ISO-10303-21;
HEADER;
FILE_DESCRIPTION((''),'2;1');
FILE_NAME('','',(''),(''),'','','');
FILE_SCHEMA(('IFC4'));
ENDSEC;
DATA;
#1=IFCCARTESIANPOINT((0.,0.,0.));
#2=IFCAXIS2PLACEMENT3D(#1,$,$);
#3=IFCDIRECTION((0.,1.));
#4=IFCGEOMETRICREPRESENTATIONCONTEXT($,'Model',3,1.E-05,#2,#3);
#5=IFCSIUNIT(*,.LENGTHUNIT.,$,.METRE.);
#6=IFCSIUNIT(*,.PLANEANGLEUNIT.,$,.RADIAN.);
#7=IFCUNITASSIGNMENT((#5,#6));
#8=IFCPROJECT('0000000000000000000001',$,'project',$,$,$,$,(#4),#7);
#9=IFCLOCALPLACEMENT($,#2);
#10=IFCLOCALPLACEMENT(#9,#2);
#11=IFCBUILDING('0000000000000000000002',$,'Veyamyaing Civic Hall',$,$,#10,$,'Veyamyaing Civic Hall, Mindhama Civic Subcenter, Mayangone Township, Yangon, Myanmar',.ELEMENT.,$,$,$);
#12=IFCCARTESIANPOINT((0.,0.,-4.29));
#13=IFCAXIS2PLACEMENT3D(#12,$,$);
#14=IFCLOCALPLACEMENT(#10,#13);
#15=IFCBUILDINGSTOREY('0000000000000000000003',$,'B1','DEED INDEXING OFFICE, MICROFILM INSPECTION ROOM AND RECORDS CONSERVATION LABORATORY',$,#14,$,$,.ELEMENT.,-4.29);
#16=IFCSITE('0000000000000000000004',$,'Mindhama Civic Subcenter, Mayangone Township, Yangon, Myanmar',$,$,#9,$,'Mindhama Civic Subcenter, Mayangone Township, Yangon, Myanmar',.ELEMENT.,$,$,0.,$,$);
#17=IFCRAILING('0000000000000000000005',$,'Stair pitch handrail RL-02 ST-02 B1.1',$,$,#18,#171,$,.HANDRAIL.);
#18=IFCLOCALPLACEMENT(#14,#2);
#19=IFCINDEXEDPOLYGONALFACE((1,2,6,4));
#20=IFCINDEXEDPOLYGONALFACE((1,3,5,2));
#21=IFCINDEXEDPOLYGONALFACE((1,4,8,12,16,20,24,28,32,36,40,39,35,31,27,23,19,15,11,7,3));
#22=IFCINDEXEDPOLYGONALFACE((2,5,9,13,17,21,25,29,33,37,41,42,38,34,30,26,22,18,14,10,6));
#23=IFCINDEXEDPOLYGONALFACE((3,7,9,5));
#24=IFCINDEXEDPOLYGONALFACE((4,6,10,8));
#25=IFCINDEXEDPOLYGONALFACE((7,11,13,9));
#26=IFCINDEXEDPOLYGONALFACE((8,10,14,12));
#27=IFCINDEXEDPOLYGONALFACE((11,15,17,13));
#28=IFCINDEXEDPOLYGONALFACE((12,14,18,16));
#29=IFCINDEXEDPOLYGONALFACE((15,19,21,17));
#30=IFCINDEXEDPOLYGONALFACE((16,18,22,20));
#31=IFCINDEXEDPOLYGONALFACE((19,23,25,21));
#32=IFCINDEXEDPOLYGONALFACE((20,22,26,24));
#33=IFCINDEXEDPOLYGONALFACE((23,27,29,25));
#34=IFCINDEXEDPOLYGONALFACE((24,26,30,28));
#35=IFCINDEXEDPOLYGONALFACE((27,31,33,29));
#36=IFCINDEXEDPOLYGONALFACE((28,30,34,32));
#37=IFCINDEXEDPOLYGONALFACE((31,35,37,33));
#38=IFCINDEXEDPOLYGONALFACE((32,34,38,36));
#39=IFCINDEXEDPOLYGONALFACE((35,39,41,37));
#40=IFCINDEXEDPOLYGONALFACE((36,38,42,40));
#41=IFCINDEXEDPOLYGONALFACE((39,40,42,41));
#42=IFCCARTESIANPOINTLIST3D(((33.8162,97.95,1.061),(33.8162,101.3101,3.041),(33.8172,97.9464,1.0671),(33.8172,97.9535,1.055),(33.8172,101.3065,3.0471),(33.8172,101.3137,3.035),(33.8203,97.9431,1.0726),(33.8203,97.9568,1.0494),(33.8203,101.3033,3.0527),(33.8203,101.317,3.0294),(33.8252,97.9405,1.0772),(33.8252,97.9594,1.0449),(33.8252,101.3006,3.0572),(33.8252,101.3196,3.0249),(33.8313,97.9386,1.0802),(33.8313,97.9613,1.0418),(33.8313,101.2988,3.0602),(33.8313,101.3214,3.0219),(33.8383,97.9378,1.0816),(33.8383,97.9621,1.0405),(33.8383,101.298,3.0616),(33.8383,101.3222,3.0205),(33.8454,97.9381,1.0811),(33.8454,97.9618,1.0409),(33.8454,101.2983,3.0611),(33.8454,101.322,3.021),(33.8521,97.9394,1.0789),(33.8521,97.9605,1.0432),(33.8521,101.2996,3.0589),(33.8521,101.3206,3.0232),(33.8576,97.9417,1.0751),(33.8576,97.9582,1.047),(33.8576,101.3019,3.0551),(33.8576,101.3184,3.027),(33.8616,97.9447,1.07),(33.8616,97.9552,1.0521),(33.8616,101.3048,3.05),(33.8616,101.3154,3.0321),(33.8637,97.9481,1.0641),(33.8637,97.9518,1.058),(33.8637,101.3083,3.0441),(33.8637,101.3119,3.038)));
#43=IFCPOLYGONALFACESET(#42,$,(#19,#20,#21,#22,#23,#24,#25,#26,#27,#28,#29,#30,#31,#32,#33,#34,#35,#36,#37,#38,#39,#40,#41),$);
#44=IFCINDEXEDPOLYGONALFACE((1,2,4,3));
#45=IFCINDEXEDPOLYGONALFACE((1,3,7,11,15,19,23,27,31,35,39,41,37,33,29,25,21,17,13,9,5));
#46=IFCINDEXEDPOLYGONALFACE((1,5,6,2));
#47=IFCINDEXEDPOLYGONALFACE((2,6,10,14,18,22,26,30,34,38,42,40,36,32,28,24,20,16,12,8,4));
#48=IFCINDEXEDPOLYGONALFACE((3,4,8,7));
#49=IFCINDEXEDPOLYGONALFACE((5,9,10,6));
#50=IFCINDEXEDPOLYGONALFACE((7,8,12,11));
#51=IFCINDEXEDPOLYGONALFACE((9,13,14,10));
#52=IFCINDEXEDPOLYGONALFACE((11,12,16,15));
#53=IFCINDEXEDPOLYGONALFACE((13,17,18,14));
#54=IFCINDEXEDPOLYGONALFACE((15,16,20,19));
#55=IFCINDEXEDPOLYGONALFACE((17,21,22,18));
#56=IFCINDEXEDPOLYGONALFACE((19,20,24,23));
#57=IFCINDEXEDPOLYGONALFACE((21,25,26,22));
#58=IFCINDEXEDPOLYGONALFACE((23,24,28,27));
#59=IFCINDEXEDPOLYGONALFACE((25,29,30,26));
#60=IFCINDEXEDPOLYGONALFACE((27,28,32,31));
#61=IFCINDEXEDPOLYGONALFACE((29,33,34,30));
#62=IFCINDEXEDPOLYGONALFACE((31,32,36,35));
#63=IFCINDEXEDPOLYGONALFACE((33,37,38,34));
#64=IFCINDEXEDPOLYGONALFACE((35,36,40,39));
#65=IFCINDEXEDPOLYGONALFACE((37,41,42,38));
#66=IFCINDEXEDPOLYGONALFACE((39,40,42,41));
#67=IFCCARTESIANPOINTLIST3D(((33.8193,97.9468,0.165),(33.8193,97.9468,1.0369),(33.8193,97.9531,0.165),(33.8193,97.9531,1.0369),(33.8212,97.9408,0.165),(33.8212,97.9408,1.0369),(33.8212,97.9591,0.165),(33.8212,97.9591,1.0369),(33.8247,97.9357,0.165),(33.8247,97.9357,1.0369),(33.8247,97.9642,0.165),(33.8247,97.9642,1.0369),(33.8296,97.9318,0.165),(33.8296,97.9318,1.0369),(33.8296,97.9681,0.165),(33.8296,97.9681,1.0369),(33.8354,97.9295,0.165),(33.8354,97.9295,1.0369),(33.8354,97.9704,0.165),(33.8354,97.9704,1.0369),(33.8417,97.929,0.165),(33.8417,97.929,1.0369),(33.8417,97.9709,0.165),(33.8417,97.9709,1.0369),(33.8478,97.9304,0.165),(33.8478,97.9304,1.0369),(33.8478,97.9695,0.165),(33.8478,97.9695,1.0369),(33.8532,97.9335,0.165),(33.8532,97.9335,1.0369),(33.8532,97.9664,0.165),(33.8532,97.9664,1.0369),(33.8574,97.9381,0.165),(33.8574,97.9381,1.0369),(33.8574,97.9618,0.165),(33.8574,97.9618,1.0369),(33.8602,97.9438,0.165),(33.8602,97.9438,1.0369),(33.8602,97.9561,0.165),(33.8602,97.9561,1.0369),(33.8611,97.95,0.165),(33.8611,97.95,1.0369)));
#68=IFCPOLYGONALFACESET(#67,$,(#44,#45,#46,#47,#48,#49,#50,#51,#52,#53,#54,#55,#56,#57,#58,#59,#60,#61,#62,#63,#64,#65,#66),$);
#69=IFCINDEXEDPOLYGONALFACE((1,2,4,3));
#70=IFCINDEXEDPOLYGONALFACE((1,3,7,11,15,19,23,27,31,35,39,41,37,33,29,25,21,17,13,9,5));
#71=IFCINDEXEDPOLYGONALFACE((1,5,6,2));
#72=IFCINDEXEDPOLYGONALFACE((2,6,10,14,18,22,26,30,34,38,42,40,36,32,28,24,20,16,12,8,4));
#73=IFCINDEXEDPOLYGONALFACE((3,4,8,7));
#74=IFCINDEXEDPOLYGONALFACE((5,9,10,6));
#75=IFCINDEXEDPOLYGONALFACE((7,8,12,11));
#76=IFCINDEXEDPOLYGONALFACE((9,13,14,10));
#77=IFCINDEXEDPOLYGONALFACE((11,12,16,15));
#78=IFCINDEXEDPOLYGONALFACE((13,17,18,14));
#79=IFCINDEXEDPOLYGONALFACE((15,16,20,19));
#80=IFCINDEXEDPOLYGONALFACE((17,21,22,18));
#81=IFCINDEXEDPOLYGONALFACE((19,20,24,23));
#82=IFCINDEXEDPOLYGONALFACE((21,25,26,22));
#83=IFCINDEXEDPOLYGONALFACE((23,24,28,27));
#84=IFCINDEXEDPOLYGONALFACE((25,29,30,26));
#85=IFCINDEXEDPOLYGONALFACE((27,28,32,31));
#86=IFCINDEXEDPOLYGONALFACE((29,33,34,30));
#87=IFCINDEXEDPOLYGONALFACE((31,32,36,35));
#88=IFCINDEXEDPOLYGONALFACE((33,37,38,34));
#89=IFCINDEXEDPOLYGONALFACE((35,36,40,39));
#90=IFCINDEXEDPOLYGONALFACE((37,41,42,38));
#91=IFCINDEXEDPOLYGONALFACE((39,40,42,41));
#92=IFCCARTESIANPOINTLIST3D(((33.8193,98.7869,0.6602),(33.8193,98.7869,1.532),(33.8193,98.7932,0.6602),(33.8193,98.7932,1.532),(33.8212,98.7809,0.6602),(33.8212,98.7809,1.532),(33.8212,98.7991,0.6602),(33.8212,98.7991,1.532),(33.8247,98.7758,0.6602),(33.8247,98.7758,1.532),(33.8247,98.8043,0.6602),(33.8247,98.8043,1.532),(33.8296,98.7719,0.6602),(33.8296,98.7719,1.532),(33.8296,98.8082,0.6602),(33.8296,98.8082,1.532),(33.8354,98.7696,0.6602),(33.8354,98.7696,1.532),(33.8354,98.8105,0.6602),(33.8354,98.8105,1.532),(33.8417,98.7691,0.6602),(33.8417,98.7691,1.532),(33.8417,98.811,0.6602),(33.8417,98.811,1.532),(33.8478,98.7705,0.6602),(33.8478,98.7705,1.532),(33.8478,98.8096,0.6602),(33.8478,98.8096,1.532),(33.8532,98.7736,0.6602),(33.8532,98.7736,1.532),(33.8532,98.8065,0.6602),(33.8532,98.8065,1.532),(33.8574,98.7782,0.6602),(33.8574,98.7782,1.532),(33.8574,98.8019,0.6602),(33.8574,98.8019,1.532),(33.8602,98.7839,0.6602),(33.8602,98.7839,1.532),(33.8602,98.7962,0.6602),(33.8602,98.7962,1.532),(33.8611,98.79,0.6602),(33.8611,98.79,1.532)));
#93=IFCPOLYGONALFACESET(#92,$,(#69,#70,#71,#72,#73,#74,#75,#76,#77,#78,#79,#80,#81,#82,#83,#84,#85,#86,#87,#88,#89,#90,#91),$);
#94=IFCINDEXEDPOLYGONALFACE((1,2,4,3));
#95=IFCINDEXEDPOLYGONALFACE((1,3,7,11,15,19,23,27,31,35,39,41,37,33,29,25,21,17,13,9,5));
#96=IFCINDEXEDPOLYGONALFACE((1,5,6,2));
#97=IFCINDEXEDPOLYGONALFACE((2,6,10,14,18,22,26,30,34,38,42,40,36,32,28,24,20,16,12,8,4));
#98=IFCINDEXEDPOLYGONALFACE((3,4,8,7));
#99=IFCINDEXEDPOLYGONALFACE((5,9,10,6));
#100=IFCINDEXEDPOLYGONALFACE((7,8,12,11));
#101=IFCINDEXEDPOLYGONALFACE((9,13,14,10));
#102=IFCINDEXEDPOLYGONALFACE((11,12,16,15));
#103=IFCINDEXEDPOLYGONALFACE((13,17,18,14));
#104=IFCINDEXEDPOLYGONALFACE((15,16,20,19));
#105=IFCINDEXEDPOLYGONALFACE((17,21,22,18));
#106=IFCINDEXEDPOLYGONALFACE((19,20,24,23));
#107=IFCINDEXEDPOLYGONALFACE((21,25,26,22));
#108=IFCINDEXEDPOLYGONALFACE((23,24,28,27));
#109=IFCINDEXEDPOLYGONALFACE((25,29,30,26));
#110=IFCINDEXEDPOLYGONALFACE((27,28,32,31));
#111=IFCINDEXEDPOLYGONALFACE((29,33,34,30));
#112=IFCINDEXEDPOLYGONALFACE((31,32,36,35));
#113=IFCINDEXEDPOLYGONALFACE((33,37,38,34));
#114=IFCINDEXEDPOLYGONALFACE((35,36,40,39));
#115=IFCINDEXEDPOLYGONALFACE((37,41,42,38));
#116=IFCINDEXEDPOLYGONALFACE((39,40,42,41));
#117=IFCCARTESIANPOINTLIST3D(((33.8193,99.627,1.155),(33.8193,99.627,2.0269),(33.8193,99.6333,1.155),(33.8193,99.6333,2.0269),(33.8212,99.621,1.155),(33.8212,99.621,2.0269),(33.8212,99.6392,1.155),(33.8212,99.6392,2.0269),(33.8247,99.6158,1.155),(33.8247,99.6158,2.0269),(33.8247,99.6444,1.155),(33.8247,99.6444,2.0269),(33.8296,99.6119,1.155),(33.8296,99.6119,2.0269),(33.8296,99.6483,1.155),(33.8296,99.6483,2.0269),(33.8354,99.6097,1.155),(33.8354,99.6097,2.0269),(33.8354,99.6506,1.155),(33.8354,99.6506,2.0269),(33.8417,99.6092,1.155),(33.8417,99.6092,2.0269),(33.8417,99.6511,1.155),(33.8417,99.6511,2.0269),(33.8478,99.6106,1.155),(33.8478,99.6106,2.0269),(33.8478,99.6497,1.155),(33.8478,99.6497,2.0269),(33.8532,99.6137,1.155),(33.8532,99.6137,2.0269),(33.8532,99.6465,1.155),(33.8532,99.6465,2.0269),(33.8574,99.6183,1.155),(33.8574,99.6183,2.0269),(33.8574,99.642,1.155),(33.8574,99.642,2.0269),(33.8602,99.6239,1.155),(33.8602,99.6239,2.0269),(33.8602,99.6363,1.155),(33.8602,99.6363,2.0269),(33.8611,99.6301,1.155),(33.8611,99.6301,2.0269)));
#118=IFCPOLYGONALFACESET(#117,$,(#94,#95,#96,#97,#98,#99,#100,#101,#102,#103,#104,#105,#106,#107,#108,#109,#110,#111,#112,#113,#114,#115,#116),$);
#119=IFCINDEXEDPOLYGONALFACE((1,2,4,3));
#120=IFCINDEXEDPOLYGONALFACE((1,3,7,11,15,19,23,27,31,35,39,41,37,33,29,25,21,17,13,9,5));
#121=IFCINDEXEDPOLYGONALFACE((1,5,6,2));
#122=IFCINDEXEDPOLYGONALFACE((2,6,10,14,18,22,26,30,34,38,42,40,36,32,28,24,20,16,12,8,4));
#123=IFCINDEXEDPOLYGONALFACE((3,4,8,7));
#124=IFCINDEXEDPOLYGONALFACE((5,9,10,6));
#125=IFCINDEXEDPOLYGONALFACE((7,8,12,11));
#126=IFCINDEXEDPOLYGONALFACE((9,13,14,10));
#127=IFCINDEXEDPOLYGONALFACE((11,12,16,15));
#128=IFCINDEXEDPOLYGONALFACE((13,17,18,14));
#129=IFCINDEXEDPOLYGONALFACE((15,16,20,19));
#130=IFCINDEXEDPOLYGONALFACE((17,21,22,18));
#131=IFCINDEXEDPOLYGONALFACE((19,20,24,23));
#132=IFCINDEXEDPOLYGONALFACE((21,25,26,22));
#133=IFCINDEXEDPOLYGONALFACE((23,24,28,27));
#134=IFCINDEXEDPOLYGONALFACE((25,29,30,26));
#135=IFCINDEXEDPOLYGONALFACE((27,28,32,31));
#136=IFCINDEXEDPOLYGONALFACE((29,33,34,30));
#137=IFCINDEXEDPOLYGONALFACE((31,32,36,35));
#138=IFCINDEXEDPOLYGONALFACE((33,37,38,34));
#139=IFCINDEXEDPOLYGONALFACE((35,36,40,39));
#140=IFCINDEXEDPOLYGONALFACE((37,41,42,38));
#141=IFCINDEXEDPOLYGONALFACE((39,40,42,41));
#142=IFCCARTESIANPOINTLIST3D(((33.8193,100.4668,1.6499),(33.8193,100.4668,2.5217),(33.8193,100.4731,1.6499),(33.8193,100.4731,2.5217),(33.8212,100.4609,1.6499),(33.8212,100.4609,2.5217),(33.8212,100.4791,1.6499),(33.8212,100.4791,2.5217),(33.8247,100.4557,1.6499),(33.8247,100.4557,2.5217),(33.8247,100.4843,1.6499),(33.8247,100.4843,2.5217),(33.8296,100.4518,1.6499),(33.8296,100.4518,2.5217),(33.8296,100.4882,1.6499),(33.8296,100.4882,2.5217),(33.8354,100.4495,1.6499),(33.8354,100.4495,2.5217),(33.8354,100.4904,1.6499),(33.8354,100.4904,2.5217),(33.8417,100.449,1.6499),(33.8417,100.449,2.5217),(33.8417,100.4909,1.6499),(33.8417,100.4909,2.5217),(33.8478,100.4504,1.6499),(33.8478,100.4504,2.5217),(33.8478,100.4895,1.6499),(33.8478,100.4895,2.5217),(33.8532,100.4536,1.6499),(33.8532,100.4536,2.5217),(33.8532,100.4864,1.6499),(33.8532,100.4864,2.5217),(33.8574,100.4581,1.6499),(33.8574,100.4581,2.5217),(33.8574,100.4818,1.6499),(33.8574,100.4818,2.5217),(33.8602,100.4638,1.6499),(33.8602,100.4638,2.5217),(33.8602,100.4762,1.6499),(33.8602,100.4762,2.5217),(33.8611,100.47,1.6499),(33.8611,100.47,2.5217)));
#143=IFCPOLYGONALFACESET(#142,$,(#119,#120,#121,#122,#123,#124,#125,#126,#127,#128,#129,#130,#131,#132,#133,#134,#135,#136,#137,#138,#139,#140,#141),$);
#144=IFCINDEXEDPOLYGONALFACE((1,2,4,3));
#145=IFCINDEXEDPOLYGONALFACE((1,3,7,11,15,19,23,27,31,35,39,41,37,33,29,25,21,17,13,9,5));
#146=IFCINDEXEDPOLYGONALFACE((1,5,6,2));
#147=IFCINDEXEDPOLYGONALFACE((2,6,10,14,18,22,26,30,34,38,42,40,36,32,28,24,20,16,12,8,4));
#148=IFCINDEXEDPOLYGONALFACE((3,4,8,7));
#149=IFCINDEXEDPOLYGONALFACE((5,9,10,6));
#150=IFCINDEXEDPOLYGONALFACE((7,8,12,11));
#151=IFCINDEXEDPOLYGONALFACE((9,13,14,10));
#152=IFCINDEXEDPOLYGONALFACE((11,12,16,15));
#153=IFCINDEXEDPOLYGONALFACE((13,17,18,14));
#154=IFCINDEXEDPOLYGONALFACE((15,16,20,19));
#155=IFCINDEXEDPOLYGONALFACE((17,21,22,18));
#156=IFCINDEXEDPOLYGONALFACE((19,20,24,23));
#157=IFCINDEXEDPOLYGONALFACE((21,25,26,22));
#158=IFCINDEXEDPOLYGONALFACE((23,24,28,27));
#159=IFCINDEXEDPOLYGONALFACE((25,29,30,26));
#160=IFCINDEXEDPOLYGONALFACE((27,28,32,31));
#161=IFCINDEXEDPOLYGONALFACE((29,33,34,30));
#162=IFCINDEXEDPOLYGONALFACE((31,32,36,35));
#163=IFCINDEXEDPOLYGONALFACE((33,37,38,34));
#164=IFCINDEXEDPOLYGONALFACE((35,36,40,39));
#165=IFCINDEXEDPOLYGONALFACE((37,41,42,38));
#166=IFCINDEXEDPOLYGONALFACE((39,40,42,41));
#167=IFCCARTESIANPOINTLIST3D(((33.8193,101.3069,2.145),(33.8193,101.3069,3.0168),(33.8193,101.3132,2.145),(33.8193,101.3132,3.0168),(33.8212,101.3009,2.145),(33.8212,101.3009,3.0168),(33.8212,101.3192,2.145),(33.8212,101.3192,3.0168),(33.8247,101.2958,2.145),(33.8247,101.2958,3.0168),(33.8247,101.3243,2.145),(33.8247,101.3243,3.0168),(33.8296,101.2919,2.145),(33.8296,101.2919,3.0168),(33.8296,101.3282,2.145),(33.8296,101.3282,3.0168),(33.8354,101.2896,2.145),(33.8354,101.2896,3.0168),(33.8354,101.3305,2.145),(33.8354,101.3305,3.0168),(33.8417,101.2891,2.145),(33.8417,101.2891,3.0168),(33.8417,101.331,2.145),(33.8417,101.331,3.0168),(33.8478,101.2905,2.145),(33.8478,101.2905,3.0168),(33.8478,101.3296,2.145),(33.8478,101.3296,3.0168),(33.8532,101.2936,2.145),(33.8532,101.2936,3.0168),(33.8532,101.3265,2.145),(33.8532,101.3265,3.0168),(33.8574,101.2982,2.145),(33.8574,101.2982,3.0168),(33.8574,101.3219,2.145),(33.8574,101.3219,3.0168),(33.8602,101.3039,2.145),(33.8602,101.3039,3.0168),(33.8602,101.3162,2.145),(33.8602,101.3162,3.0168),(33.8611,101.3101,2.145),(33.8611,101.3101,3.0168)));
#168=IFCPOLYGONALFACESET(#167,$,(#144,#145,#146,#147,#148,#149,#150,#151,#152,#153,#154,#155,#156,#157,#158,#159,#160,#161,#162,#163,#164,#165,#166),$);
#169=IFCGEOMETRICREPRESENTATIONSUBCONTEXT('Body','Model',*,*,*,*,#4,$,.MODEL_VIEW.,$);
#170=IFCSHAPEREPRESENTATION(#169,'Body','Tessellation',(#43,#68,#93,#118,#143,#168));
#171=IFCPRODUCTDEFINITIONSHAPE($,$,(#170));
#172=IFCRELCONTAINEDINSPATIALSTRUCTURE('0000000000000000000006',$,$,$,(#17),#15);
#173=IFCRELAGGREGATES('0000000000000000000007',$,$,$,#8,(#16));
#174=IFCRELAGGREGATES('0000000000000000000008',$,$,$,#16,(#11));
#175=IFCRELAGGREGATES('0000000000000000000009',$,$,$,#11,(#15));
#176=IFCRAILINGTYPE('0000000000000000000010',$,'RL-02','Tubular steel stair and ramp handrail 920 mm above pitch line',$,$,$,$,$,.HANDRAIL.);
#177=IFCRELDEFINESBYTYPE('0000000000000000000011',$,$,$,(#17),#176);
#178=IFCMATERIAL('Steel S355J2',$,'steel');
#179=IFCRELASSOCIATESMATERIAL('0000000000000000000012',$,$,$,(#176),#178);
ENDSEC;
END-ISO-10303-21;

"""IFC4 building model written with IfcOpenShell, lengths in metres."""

from ifc_helpers import new_model, si_unit, direction, frame, origin, origin_2d, place, context, subcontext, project, spatial, circle, extrude, material, type_object, element, save


model = new_model("IFC4")

# Units and contexts
model_context = context("Model", 3, precision=1e-05, world=origin(), true_north=direction((0.0, 1.0)))
body_context = subcontext(model_context, "Body", "Model", "MODEL_VIEW")
ifc_project = project(units=[si_unit("LENGTHUNIT", "METRE"), si_unit("PLANEANGLEUNIT", "RADIAN")], contexts=[model_context])

# Site, building, storey
site_placement = place(None, origin())
site = spatial("IfcSite", under=ifc_project, at=site_placement, Name="Mindhama Civic Subcenter, Mayangone Township, Yangon, Myanmar", LongName="Mindhama Civic Subcenter, Mayangone Township, Yangon, Myanmar", CompositionType="ELEMENT", RefElevation=0.0)
building_placement = place(site_placement, origin())
building = spatial("IfcBuilding", under=site, at=building_placement, Name="Veyamyaing Civic Hall", LongName="Veyamyaing Civic Hall, Mindhama Civic Subcenter, Mayangone Township, Yangon, Myanmar", CompositionType="ELEMENT")
storey_placement = place(building_placement, frame((0.0, 0.0, -4.29)))
storey = spatial("IfcBuildingStorey", under=building, at=storey_placement, Name="B1", Description="DEED INDEXING OFFICE, MICROFILM INSPECTION ROOM AND RECORDS CONSERVATION LABORATORY", CompositionType="ELEMENT", Elevation=-4.29)

# Railing
ifc_material_1 = material(Name="Steel S355J2", Category="steel")
railing_type_1 = type_object("IfcRailingType", Name="RL-02", Description="Tubular steel stair and ramp handrail 920 mm above pitch line", PredefinedType="HANDRAIL", material=ifc_material_1)
railing_1_placement = place(storey_placement, frame((33.8401, 97.95, 0.165)))
element("IfcRailing", 1, at=railing_1_placement, inside=storey, type_object=railing_type_1, Name="Stair pitch handrail RL-02 ST-02 B1.1", PredefinedType="HANDRAIL", context=body_context, shape_type="SweptSolid", body=[
    extrude(circle(Radius=0.0239, at=origin_2d()), frame((0.0, 0.0, 0.896), z_axis=(0.0, 0.861548, 0.507677), x_axis=(-1.0, 0.0, 0.0)), (0.0, 0.0, 1.0), 3.9001),
    extrude(circle(Radius=0.021, at=origin_2d()), origin(), (0.0, 0.0, 1.0), 0.8718),
    extrude(circle(Radius=0.021, at=origin_2d()), frame((0.0, 0.8401, 0.4951)), (0.0, 0.0, 1.0), 0.8718),
    extrude(circle(Radius=0.021, at=origin_2d()), frame((0.0, 1.6802, 0.99)), (0.0, 0.0, 1.0), 0.8718),
    extrude(circle(Radius=0.021, at=origin_2d()), frame((0.0, 2.52, 1.4849)), (0.0, 0.0, 1.0), 0.8718),
    extrude(circle(Radius=0.021, at=origin_2d()), frame((0.0, 3.3601, 1.98)), (0.0, 0.0, 1.0), 0.8718),
])

save(model, "model.ifc")
